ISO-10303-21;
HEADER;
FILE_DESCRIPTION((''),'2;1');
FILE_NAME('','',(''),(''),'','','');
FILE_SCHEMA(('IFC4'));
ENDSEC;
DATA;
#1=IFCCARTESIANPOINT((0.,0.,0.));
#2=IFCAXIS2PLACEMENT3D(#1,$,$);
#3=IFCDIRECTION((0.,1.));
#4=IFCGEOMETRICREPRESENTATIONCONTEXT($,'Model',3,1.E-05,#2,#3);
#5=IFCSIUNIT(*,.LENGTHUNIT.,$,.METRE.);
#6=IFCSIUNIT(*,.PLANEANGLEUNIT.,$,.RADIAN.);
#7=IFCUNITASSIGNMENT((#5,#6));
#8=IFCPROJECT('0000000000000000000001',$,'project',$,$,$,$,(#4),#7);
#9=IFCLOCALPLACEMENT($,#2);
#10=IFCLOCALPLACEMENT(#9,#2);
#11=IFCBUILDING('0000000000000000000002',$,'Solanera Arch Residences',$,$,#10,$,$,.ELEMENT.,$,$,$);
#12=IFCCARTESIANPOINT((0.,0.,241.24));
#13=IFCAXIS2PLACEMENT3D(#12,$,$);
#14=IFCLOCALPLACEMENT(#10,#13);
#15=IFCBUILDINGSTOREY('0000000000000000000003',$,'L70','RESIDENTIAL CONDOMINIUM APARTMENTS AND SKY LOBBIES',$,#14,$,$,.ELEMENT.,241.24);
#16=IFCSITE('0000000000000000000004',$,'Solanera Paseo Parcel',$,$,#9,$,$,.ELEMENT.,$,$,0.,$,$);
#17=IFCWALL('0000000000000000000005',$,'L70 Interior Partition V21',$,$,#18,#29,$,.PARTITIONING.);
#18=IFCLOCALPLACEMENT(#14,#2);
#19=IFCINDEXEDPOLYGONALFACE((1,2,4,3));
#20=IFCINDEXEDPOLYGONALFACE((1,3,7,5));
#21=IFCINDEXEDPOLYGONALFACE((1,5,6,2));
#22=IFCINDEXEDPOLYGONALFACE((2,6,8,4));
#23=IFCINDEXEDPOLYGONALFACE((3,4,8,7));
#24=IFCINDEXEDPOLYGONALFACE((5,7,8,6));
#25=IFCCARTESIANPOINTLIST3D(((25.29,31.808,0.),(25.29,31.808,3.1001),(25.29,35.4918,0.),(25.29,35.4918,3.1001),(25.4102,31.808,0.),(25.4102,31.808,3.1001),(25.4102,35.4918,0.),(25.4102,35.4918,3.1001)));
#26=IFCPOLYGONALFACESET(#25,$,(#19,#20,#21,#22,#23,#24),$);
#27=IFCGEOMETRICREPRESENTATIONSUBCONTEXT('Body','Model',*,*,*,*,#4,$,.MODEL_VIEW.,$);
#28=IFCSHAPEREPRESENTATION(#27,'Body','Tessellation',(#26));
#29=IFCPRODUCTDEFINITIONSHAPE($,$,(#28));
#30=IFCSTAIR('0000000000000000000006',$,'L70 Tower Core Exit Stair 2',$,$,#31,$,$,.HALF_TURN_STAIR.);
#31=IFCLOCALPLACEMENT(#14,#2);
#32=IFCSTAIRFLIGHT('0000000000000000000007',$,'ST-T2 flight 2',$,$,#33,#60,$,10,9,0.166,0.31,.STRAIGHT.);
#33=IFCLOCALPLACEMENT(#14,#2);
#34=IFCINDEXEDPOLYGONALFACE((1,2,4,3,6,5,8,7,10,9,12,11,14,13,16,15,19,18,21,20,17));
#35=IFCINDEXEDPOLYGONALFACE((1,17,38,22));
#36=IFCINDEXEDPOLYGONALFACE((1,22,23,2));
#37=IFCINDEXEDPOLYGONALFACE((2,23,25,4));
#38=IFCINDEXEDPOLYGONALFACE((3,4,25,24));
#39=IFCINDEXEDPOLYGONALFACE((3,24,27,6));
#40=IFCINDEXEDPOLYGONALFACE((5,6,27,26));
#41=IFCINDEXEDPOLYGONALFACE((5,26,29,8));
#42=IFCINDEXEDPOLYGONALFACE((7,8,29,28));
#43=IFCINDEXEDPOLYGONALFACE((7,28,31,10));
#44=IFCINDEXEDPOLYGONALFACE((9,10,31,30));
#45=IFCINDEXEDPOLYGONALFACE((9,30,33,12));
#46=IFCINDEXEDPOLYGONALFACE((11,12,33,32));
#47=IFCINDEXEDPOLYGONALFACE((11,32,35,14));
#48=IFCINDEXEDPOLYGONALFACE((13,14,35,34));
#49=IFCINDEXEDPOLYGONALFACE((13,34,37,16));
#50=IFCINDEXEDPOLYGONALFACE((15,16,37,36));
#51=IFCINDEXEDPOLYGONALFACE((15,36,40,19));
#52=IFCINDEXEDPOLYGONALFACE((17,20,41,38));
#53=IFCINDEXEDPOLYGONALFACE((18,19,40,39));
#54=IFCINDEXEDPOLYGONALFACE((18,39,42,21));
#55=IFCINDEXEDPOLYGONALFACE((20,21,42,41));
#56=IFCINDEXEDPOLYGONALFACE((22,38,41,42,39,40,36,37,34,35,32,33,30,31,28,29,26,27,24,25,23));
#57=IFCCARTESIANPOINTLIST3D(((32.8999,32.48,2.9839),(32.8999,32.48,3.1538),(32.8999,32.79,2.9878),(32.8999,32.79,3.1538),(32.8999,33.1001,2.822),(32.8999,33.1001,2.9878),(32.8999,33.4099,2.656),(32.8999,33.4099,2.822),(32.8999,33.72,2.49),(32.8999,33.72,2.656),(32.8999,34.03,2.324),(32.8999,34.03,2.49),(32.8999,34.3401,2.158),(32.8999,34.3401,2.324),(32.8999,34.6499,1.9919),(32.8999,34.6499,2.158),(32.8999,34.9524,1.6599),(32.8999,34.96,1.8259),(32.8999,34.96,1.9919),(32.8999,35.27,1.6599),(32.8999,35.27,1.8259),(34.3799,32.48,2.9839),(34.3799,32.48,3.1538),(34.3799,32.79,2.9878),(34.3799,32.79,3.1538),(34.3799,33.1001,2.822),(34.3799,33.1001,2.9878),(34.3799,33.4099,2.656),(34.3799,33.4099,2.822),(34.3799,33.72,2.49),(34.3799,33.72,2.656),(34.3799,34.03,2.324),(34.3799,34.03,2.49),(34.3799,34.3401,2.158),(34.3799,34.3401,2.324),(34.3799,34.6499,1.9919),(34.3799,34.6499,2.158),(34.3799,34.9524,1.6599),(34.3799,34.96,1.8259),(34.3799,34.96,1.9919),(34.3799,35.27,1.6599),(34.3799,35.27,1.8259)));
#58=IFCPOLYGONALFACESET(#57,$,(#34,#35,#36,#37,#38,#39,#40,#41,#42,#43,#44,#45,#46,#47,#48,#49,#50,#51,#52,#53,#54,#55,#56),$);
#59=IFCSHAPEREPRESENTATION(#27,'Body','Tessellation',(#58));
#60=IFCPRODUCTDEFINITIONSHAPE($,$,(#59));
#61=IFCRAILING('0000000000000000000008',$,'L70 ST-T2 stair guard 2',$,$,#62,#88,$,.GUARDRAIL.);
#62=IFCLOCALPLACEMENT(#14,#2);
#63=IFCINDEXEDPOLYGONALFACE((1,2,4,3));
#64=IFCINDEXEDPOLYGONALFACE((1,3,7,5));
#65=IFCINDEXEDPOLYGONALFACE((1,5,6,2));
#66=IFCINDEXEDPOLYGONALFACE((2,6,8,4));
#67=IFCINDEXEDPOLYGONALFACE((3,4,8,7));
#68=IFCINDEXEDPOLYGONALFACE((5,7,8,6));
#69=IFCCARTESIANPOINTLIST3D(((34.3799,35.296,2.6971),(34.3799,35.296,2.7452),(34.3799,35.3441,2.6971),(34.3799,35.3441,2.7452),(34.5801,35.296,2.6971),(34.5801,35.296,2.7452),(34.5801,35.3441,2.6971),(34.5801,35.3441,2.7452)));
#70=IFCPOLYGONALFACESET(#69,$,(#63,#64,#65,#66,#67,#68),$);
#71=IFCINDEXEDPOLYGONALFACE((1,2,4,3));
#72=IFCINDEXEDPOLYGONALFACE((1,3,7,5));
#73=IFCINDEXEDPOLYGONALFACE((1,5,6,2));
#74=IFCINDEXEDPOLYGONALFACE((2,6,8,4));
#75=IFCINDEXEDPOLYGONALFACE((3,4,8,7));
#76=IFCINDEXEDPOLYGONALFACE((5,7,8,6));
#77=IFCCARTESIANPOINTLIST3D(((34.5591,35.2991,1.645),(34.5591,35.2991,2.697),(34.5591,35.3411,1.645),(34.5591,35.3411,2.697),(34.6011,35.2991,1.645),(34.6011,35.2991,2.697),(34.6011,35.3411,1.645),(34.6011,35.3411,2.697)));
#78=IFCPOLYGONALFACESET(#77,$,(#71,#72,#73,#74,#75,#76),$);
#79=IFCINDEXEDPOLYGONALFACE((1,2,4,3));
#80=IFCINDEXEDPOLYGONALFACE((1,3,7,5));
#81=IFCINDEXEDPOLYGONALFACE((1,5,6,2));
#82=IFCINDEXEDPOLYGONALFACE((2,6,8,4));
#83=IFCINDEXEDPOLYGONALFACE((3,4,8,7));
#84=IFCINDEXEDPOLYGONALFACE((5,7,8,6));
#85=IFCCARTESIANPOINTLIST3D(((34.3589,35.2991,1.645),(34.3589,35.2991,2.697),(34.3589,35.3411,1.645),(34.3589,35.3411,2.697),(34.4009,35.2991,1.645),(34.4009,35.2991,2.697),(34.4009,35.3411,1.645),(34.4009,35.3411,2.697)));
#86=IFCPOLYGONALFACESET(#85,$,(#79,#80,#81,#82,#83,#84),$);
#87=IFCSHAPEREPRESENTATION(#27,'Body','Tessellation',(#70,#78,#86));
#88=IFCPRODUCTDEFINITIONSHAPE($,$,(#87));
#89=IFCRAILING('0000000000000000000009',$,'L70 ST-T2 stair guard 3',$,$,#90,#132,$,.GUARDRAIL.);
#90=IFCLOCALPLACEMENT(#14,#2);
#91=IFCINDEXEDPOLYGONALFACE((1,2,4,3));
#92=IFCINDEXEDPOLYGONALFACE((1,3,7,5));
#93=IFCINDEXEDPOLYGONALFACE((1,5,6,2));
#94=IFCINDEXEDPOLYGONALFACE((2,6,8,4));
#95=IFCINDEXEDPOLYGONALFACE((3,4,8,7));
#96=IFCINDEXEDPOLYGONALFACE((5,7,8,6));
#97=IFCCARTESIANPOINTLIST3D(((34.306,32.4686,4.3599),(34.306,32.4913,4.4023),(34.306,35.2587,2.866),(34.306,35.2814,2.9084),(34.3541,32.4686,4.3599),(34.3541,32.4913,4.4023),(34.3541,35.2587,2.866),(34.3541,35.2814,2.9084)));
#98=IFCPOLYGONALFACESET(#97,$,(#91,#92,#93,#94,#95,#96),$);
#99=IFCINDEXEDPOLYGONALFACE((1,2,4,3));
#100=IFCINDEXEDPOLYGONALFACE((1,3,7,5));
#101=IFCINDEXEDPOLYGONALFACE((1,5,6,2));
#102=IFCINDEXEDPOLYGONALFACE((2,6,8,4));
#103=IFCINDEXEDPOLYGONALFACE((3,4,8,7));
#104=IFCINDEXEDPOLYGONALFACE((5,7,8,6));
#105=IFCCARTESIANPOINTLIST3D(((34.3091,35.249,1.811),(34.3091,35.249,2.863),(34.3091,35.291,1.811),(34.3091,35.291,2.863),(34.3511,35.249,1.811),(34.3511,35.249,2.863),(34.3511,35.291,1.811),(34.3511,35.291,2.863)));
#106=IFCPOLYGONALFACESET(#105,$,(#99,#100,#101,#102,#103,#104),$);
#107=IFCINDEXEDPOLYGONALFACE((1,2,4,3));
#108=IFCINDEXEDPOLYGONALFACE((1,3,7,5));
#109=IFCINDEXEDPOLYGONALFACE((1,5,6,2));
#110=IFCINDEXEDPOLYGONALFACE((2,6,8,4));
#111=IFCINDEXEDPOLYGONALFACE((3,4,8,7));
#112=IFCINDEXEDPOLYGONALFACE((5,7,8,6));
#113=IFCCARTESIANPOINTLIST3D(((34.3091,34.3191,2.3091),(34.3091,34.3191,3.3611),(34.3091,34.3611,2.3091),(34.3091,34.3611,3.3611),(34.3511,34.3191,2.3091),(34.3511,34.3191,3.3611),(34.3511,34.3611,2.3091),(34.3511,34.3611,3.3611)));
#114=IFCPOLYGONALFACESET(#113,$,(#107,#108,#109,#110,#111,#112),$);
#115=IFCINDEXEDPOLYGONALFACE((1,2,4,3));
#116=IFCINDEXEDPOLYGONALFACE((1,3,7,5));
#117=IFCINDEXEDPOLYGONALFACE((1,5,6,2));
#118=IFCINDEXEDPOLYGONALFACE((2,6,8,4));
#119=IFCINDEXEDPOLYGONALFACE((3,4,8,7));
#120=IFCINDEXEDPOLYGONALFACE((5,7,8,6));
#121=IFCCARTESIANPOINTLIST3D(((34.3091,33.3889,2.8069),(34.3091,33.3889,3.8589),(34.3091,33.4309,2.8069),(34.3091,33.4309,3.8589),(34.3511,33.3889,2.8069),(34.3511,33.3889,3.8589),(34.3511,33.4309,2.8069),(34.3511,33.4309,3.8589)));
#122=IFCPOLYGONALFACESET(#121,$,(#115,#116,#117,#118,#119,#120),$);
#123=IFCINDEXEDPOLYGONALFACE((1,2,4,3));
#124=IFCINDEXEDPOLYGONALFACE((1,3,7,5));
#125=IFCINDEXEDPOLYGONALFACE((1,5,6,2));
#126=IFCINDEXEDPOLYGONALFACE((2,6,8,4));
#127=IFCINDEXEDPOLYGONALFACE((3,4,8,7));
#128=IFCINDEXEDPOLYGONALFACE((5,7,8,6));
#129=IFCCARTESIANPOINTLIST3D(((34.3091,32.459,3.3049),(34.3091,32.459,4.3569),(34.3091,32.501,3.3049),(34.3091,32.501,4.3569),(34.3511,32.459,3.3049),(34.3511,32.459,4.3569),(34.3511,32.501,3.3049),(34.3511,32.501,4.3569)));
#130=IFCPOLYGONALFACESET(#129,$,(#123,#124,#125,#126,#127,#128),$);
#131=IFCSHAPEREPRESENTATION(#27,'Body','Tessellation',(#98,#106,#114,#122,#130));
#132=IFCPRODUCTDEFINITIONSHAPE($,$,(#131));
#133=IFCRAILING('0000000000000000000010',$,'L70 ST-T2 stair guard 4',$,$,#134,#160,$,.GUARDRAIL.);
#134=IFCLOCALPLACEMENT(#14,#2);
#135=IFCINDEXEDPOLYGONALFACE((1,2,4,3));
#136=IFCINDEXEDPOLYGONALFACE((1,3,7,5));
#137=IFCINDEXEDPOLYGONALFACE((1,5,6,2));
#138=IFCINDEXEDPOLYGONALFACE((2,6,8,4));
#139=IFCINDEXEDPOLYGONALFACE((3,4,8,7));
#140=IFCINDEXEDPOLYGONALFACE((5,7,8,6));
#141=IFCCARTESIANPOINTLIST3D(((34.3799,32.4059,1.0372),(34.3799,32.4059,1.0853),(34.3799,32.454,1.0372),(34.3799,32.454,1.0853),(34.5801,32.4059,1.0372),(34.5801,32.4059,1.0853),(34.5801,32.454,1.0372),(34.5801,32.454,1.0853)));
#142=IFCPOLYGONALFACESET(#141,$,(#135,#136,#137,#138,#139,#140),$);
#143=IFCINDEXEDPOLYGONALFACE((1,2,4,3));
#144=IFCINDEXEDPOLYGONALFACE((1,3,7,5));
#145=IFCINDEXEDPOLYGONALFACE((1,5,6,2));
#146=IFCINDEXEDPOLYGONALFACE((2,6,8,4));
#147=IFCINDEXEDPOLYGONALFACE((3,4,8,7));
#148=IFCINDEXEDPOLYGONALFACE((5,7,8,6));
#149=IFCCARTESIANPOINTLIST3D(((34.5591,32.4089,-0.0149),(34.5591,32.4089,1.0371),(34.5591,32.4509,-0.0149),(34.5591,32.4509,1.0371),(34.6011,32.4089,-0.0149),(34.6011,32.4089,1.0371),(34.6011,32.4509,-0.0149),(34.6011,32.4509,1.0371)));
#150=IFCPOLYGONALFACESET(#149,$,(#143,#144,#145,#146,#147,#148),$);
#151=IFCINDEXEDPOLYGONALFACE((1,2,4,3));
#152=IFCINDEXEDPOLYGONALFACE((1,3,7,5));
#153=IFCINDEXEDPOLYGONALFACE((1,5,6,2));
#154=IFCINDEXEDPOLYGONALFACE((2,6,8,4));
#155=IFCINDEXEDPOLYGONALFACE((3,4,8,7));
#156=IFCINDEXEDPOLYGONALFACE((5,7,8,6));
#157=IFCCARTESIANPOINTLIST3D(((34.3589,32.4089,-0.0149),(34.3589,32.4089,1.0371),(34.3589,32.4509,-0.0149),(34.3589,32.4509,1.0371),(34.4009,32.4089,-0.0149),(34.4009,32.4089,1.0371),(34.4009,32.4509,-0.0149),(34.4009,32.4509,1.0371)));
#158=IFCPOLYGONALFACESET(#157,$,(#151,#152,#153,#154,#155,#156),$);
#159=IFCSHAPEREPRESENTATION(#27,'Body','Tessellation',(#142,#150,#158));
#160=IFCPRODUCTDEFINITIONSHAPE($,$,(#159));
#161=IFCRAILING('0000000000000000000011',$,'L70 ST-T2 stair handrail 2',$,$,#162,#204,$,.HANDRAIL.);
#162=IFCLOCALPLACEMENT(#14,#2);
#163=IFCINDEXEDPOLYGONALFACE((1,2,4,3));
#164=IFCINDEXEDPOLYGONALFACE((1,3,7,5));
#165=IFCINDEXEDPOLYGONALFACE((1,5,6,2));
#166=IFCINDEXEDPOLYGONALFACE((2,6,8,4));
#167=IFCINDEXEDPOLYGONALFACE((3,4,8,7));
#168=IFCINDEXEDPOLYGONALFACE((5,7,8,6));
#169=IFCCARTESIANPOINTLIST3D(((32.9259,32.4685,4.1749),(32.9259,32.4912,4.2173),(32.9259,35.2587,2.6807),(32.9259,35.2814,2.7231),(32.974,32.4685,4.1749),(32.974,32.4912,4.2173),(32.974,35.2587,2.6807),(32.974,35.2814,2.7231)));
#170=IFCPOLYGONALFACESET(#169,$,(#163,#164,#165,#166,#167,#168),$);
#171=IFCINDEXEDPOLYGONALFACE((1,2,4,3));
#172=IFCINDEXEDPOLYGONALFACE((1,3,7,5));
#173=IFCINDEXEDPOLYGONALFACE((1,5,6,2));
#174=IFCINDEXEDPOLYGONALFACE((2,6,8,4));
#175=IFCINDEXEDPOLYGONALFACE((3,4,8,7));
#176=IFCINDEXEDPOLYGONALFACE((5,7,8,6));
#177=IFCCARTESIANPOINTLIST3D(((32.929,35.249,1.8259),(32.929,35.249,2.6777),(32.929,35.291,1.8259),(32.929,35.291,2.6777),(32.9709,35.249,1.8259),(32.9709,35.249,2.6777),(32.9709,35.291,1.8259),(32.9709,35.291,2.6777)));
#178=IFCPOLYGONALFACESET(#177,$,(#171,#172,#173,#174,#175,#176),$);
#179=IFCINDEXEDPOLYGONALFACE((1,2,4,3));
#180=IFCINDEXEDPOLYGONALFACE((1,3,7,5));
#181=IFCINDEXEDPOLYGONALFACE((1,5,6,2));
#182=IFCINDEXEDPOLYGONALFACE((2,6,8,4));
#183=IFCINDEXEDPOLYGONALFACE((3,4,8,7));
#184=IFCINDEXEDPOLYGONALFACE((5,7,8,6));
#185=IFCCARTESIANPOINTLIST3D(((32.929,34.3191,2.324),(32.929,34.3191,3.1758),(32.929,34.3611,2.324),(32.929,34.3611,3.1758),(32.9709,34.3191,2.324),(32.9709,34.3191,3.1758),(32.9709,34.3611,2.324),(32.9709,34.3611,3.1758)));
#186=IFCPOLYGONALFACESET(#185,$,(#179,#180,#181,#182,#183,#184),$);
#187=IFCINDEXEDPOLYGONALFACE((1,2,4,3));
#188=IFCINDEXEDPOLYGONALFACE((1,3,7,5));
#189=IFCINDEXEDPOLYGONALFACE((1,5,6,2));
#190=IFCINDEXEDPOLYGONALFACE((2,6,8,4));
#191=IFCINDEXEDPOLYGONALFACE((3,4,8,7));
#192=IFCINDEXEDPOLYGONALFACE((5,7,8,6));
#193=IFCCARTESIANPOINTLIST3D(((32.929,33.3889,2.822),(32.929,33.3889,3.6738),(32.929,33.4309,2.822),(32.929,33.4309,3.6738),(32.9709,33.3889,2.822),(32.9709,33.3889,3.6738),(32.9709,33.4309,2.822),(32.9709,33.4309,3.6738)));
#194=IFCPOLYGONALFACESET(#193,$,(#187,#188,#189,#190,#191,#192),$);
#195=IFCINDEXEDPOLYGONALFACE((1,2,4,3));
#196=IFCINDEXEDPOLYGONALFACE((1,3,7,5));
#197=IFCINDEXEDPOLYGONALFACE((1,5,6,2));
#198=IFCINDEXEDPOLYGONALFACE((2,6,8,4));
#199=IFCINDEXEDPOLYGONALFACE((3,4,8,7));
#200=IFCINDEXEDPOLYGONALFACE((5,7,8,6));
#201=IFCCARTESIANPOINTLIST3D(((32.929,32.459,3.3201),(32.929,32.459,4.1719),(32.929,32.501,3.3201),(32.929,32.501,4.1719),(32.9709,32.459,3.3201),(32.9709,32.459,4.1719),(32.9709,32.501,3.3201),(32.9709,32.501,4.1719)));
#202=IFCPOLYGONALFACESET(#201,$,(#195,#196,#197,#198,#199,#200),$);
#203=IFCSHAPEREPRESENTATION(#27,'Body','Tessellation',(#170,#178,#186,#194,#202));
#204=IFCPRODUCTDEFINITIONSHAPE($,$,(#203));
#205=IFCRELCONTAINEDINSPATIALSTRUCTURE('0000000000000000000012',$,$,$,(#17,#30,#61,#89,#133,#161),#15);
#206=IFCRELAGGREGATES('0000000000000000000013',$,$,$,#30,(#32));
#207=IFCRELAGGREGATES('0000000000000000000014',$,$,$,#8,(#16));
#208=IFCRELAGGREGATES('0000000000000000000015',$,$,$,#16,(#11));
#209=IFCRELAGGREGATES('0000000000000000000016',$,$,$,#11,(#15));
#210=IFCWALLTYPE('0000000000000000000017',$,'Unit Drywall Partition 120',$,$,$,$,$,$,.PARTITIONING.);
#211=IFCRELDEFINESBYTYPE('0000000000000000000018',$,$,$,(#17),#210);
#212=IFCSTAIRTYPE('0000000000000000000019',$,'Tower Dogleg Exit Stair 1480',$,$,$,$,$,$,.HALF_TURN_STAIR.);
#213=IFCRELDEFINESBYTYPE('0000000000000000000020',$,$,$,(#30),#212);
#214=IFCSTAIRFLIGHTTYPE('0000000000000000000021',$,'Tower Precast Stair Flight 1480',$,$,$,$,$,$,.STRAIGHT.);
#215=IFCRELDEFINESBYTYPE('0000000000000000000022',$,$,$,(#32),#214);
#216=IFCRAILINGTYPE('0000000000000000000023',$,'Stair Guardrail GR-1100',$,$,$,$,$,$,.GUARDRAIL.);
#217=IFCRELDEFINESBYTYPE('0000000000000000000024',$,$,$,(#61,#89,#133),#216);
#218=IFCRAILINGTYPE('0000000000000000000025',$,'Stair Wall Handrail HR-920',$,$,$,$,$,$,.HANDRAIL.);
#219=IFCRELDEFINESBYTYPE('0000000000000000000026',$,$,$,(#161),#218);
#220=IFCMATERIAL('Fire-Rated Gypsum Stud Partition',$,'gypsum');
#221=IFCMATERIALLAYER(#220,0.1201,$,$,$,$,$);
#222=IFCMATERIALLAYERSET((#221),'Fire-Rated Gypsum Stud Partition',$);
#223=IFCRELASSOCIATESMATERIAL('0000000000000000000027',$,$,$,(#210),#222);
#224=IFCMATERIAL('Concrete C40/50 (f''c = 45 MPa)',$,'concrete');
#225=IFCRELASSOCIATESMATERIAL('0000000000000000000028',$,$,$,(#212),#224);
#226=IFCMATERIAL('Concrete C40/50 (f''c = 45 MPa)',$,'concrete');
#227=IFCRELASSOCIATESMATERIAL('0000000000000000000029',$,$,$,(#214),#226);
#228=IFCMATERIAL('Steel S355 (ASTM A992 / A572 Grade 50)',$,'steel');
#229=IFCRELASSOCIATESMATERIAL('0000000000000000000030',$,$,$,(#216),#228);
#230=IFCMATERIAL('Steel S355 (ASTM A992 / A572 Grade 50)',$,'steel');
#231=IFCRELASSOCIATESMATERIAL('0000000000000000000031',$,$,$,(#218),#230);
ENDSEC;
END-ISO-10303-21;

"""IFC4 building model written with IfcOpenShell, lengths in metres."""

from ifc_helpers import new_model, si_unit, direction, frame, frame_2d, origin, origin_2d, place, context, subcontext, project, spatial, polyline, rectangle, outline, extrude, material, layer, layer_set, type_object, element, aggregate, save


model = new_model("IFC4")

# Units and contexts
model_context = context("Model", 3, precision=1e-05, world=origin(), true_north=direction((0.0, 1.0)))
body_context = subcontext(model_context, "Body", "Model", "MODEL_VIEW")
ifc_project = project(units=[si_unit("LENGTHUNIT", "METRE"), si_unit("PLANEANGLEUNIT", "RADIAN")], contexts=[model_context])

# Site, building, storey
site_placement = place(None, origin())
site = spatial("IfcSite", under=ifc_project, at=site_placement, Name="Solanera Paseo Parcel", CompositionType="ELEMENT", RefElevation=0.0)
building_placement = place(site_placement, origin())
building = spatial("IfcBuilding", under=site, at=building_placement, Name="Solanera Arch Residences", CompositionType="ELEMENT")
storey_placement = place(building_placement, frame((0.0, 0.0, 241.24)))
storey = spatial("IfcBuildingStorey", under=building, at=storey_placement, Name="L70", Description="RESIDENTIAL CONDOMINIUM APARTMENTS AND SKY LOBBIES", CompositionType="ELEMENT", Elevation=241.24)

# Shared definitions
ifc_material_1 = material(Name="Fire-Rated Gypsum Stud Partition", Category="gypsum")
ifc_layer_1 = layer(ifc_material_1, 0.1201)
ifc_layer_set_1 = layer_set([ifc_layer_1], Name="Fire-Rated Gypsum Stud Partition")
wall_type_1 = type_object("IfcWallType", Name="Unit Drywall Partition 120", PredefinedType="PARTITIONING", material=ifc_layer_set_1)

# Wall
wall_1_placement = place(storey_placement, frame((25.3501, 31.8081, 0.0), z_axis=(0.0, 0.0, 1.0), x_axis=(0.0, 1.0, 0.0)))
element("IfcWall", 1, at=wall_1_placement, inside=storey, type_object=wall_type_1, Name="L70 Interior Partition V21", PredefinedType="PARTITIONING", context=body_context, shape_type="SweptSolid", body=[
    extrude(rectangle(XDim=3.6838, YDim=0.1201, at=frame_2d((1.8418, 0.0))), origin(), (0.0, 0.0, 1.0), 3.1001),
])

# Stair, stair flight
ifc_material_2 = material(Name="Concrete C40/50 (f'c = 45 MPa)", Category="concrete")
stair_type = type_object("IfcStairType", Name="Tower Dogleg Exit Stair 1480", PredefinedType="HALF_TURN_STAIR", material=ifc_material_2)
stair_placement = place(storey_placement, origin())
stair = element("IfcStair", 2, at=stair_placement, inside=storey, type_object=stair_type, Name="L70 Tower Core Exit Stair 2", PredefinedType="HALF_TURN_STAIR")
ifc_material_3 = material(Name="Concrete C40/50 (f'c = 45 MPa)", Category="concrete")
stair_flight_type = type_object("IfcStairFlightType", Name="Tower Precast Stair Flight 1480", PredefinedType="STRAIGHT", material=ifc_material_3)
stair_flight_placement = place(storey_placement, frame((33.6399, 35.27, 1.6599), z_axis=(0.0, 0.0, 1.0), x_axis=(0.0, -1.0, 0.0)))
stair_flight = element("IfcStairFlight", 3, at=stair_flight_placement, type_object=stair_flight_type, Name="ST-T2 flight 2", NumberOfRisers=10, NumberOfTreads=9, PredefinedType="STRAIGHT", RiserHeight=0.166, TreadLength=0.31, context=body_context, shape_type="SweptSolid", body=[
    extrude(outline(polyline([(0.0, 0.0), (0.0, 0.166), (0.3101, 0.166), (0.3101, 0.332), (0.6201, 0.332), (0.6201, 0.498), (0.9299, 0.498), (0.9299, 0.6641), (1.24, 0.6641), (1.24, 0.8301), (1.55, 0.8301), (1.55, 0.9961), (1.8601, 0.9961), (1.8601, 1.1621), (2.1699, 1.1621), (2.1699, 1.3279), (2.48, 1.3279), (2.48, 1.4939), (2.79, 1.4939), (2.79, 1.6599), (2.79, 1.324), (0.3176, 0.0), (0.0, 0.0)])), frame((0.0, 0.74, 0.0), z_axis=(0.0, -1.0, 0.0), x_axis=(1.0, 0.0, 0.0)), (0.0, 0.0, 1.0), 1.48),
])
aggregate(stair, [stair_flight])

# Railings
ifc_material_4 = material(Name="Steel S355 (ASTM A992 / A572 Grade 50)", Category="steel")
railing_type_1 = type_object("IfcRailingType", Name="Stair Guardrail GR-1100", PredefinedType="GUARDRAIL", material=ifc_material_4)
railing_1_placement = place(storey_placement, frame((34.5801, 35.3201, 1.645)))
element("IfcRailing", 4, at=railing_1_placement, inside=storey, type_object=railing_type_1, Name="L70 ST-T2 stair guard 2", PredefinedType="GUARDRAIL", context=body_context, shape_type="SweptSolid", body=[
    extrude(rectangle(XDim=0.0481, YDim=0.0481, at=origin_2d()), frame((0.0, 0.0, 1.0762), z_axis=(-1.0, 0.0, 0.0), x_axis=(0.0, -1.0, 0.0)), (0.0, 0.0, 1.0), 0.2002),
    extrude(rectangle(XDim=0.042, YDim=0.042, at=origin_2d()), origin(), (0.0, 0.0, 1.0), 1.052),
    extrude(rectangle(XDim=0.042, YDim=0.042, at=origin_2d()), frame((-0.2002, 0.0, 0.0)), (0.0, 0.0, 1.0), 1.052),
])
railing_2_placement = place(storey_placement, frame((34.3301, 35.27, 1.811)))
element("IfcRailing", 5, at=railing_2_placement, inside=storey, type_object=railing_type_1, Name="L70 ST-T2 stair guard 3", PredefinedType="GUARDRAIL", context=body_context, shape_type="SweptSolid", body=[
    extrude(rectangle(XDim=0.0481, YDim=0.0481, at=origin_2d()), frame((0.0, 0.0, 1.0762), z_axis=(0.0, -0.881581, 0.472033), x_axis=(1.0, 0.0, 0.0)), (0.0, 0.0, 1.0), 3.1648),
    extrude(rectangle(XDim=0.042, YDim=0.042, at=origin_2d()), origin(), (0.0, 0.0, 1.0), 1.052),
    extrude(rectangle(XDim=0.042, YDim=0.042, at=origin_2d()), frame((0.0, -0.9299, 0.498)), (0.0, 0.0, 1.0), 1.052),
    extrude(rectangle(XDim=0.042, YDim=0.042, at=origin_2d()), frame((0.0, -1.8601, 0.9958)), (0.0, 0.0, 1.0), 1.052),
    extrude(rectangle(XDim=0.042, YDim=0.042, at=origin_2d()), frame((0.0, -2.79, 1.4939)), (0.0, 0.0, 1.0), 1.052),
])
railing_3_placement = place(storey_placement, frame((34.5801, 32.4299, -0.0149)))
element("IfcRailing", 6, at=railing_3_placement, inside=storey, type_object=railing_type_1, Name="L70 ST-T2 stair guard 4", PredefinedType="GUARDRAIL", context=body_context, shape_type="SweptSolid", body=[
    extrude(rectangle(XDim=0.0481, YDim=0.0481, at=origin_2d()), frame((0.0, 0.0, 1.0762), z_axis=(-1.0, 0.0, 0.0), x_axis=(0.0, -1.0, 0.0)), (0.0, 0.0, 1.0), 0.2002),
    extrude(rectangle(XDim=0.042, YDim=0.042, at=origin_2d()), origin(), (0.0, 0.0, 1.0), 1.052),
    extrude(rectangle(XDim=0.042, YDim=0.042, at=origin_2d()), frame((-0.2002, 0.0, 0.0)), (0.0, 0.0, 1.0), 1.052),
])
ifc_material_5 = material(Name="Steel S355 (ASTM A992 / A572 Grade 50)", Category="steel")
railing_type_2 = type_object("IfcRailingType", Name="Stair Wall Handrail HR-920", PredefinedType="HANDRAIL", material=ifc_material_5)
railing_4_placement = place(storey_placement, frame((32.95, 35.27, 1.8259)))
element("IfcRailing", 7, at=railing_4_placement, inside=storey, type_object=railing_type_2, Name="L70 ST-T2 stair handrail 2", PredefinedType="HANDRAIL", context=body_context, shape_type="SweptSolid", body=[
    extrude(rectangle(XDim=0.0481, YDim=0.0481, at=origin_2d()), frame((0.0, 0.0, 0.876), z_axis=(0.0, -0.881549, 0.472093), x_axis=(1.0, 0.0, 0.0)), (0.0, 0.0, 1.0), 3.165),
    extrude(rectangle(XDim=0.042, YDim=0.042, at=origin_2d()), origin(), (0.0, 0.0, 1.0), 0.8518),
    extrude(rectangle(XDim=0.042, YDim=0.042, at=origin_2d()), frame((0.0, -0.9299, 0.498)), (0.0, 0.0, 1.0), 0.8518),
    extrude(rectangle(XDim=0.042, YDim=0.042, at=origin_2d()), frame((0.0, -1.8601, 0.9961)), (0.0, 0.0, 1.0), 0.8518),
    extrude(rectangle(XDim=0.042, YDim=0.042, at=origin_2d()), frame((0.0, -2.79, 1.4941)), (0.0, 0.0, 1.0), 0.8518),
])

save(model, "model.ifc")
